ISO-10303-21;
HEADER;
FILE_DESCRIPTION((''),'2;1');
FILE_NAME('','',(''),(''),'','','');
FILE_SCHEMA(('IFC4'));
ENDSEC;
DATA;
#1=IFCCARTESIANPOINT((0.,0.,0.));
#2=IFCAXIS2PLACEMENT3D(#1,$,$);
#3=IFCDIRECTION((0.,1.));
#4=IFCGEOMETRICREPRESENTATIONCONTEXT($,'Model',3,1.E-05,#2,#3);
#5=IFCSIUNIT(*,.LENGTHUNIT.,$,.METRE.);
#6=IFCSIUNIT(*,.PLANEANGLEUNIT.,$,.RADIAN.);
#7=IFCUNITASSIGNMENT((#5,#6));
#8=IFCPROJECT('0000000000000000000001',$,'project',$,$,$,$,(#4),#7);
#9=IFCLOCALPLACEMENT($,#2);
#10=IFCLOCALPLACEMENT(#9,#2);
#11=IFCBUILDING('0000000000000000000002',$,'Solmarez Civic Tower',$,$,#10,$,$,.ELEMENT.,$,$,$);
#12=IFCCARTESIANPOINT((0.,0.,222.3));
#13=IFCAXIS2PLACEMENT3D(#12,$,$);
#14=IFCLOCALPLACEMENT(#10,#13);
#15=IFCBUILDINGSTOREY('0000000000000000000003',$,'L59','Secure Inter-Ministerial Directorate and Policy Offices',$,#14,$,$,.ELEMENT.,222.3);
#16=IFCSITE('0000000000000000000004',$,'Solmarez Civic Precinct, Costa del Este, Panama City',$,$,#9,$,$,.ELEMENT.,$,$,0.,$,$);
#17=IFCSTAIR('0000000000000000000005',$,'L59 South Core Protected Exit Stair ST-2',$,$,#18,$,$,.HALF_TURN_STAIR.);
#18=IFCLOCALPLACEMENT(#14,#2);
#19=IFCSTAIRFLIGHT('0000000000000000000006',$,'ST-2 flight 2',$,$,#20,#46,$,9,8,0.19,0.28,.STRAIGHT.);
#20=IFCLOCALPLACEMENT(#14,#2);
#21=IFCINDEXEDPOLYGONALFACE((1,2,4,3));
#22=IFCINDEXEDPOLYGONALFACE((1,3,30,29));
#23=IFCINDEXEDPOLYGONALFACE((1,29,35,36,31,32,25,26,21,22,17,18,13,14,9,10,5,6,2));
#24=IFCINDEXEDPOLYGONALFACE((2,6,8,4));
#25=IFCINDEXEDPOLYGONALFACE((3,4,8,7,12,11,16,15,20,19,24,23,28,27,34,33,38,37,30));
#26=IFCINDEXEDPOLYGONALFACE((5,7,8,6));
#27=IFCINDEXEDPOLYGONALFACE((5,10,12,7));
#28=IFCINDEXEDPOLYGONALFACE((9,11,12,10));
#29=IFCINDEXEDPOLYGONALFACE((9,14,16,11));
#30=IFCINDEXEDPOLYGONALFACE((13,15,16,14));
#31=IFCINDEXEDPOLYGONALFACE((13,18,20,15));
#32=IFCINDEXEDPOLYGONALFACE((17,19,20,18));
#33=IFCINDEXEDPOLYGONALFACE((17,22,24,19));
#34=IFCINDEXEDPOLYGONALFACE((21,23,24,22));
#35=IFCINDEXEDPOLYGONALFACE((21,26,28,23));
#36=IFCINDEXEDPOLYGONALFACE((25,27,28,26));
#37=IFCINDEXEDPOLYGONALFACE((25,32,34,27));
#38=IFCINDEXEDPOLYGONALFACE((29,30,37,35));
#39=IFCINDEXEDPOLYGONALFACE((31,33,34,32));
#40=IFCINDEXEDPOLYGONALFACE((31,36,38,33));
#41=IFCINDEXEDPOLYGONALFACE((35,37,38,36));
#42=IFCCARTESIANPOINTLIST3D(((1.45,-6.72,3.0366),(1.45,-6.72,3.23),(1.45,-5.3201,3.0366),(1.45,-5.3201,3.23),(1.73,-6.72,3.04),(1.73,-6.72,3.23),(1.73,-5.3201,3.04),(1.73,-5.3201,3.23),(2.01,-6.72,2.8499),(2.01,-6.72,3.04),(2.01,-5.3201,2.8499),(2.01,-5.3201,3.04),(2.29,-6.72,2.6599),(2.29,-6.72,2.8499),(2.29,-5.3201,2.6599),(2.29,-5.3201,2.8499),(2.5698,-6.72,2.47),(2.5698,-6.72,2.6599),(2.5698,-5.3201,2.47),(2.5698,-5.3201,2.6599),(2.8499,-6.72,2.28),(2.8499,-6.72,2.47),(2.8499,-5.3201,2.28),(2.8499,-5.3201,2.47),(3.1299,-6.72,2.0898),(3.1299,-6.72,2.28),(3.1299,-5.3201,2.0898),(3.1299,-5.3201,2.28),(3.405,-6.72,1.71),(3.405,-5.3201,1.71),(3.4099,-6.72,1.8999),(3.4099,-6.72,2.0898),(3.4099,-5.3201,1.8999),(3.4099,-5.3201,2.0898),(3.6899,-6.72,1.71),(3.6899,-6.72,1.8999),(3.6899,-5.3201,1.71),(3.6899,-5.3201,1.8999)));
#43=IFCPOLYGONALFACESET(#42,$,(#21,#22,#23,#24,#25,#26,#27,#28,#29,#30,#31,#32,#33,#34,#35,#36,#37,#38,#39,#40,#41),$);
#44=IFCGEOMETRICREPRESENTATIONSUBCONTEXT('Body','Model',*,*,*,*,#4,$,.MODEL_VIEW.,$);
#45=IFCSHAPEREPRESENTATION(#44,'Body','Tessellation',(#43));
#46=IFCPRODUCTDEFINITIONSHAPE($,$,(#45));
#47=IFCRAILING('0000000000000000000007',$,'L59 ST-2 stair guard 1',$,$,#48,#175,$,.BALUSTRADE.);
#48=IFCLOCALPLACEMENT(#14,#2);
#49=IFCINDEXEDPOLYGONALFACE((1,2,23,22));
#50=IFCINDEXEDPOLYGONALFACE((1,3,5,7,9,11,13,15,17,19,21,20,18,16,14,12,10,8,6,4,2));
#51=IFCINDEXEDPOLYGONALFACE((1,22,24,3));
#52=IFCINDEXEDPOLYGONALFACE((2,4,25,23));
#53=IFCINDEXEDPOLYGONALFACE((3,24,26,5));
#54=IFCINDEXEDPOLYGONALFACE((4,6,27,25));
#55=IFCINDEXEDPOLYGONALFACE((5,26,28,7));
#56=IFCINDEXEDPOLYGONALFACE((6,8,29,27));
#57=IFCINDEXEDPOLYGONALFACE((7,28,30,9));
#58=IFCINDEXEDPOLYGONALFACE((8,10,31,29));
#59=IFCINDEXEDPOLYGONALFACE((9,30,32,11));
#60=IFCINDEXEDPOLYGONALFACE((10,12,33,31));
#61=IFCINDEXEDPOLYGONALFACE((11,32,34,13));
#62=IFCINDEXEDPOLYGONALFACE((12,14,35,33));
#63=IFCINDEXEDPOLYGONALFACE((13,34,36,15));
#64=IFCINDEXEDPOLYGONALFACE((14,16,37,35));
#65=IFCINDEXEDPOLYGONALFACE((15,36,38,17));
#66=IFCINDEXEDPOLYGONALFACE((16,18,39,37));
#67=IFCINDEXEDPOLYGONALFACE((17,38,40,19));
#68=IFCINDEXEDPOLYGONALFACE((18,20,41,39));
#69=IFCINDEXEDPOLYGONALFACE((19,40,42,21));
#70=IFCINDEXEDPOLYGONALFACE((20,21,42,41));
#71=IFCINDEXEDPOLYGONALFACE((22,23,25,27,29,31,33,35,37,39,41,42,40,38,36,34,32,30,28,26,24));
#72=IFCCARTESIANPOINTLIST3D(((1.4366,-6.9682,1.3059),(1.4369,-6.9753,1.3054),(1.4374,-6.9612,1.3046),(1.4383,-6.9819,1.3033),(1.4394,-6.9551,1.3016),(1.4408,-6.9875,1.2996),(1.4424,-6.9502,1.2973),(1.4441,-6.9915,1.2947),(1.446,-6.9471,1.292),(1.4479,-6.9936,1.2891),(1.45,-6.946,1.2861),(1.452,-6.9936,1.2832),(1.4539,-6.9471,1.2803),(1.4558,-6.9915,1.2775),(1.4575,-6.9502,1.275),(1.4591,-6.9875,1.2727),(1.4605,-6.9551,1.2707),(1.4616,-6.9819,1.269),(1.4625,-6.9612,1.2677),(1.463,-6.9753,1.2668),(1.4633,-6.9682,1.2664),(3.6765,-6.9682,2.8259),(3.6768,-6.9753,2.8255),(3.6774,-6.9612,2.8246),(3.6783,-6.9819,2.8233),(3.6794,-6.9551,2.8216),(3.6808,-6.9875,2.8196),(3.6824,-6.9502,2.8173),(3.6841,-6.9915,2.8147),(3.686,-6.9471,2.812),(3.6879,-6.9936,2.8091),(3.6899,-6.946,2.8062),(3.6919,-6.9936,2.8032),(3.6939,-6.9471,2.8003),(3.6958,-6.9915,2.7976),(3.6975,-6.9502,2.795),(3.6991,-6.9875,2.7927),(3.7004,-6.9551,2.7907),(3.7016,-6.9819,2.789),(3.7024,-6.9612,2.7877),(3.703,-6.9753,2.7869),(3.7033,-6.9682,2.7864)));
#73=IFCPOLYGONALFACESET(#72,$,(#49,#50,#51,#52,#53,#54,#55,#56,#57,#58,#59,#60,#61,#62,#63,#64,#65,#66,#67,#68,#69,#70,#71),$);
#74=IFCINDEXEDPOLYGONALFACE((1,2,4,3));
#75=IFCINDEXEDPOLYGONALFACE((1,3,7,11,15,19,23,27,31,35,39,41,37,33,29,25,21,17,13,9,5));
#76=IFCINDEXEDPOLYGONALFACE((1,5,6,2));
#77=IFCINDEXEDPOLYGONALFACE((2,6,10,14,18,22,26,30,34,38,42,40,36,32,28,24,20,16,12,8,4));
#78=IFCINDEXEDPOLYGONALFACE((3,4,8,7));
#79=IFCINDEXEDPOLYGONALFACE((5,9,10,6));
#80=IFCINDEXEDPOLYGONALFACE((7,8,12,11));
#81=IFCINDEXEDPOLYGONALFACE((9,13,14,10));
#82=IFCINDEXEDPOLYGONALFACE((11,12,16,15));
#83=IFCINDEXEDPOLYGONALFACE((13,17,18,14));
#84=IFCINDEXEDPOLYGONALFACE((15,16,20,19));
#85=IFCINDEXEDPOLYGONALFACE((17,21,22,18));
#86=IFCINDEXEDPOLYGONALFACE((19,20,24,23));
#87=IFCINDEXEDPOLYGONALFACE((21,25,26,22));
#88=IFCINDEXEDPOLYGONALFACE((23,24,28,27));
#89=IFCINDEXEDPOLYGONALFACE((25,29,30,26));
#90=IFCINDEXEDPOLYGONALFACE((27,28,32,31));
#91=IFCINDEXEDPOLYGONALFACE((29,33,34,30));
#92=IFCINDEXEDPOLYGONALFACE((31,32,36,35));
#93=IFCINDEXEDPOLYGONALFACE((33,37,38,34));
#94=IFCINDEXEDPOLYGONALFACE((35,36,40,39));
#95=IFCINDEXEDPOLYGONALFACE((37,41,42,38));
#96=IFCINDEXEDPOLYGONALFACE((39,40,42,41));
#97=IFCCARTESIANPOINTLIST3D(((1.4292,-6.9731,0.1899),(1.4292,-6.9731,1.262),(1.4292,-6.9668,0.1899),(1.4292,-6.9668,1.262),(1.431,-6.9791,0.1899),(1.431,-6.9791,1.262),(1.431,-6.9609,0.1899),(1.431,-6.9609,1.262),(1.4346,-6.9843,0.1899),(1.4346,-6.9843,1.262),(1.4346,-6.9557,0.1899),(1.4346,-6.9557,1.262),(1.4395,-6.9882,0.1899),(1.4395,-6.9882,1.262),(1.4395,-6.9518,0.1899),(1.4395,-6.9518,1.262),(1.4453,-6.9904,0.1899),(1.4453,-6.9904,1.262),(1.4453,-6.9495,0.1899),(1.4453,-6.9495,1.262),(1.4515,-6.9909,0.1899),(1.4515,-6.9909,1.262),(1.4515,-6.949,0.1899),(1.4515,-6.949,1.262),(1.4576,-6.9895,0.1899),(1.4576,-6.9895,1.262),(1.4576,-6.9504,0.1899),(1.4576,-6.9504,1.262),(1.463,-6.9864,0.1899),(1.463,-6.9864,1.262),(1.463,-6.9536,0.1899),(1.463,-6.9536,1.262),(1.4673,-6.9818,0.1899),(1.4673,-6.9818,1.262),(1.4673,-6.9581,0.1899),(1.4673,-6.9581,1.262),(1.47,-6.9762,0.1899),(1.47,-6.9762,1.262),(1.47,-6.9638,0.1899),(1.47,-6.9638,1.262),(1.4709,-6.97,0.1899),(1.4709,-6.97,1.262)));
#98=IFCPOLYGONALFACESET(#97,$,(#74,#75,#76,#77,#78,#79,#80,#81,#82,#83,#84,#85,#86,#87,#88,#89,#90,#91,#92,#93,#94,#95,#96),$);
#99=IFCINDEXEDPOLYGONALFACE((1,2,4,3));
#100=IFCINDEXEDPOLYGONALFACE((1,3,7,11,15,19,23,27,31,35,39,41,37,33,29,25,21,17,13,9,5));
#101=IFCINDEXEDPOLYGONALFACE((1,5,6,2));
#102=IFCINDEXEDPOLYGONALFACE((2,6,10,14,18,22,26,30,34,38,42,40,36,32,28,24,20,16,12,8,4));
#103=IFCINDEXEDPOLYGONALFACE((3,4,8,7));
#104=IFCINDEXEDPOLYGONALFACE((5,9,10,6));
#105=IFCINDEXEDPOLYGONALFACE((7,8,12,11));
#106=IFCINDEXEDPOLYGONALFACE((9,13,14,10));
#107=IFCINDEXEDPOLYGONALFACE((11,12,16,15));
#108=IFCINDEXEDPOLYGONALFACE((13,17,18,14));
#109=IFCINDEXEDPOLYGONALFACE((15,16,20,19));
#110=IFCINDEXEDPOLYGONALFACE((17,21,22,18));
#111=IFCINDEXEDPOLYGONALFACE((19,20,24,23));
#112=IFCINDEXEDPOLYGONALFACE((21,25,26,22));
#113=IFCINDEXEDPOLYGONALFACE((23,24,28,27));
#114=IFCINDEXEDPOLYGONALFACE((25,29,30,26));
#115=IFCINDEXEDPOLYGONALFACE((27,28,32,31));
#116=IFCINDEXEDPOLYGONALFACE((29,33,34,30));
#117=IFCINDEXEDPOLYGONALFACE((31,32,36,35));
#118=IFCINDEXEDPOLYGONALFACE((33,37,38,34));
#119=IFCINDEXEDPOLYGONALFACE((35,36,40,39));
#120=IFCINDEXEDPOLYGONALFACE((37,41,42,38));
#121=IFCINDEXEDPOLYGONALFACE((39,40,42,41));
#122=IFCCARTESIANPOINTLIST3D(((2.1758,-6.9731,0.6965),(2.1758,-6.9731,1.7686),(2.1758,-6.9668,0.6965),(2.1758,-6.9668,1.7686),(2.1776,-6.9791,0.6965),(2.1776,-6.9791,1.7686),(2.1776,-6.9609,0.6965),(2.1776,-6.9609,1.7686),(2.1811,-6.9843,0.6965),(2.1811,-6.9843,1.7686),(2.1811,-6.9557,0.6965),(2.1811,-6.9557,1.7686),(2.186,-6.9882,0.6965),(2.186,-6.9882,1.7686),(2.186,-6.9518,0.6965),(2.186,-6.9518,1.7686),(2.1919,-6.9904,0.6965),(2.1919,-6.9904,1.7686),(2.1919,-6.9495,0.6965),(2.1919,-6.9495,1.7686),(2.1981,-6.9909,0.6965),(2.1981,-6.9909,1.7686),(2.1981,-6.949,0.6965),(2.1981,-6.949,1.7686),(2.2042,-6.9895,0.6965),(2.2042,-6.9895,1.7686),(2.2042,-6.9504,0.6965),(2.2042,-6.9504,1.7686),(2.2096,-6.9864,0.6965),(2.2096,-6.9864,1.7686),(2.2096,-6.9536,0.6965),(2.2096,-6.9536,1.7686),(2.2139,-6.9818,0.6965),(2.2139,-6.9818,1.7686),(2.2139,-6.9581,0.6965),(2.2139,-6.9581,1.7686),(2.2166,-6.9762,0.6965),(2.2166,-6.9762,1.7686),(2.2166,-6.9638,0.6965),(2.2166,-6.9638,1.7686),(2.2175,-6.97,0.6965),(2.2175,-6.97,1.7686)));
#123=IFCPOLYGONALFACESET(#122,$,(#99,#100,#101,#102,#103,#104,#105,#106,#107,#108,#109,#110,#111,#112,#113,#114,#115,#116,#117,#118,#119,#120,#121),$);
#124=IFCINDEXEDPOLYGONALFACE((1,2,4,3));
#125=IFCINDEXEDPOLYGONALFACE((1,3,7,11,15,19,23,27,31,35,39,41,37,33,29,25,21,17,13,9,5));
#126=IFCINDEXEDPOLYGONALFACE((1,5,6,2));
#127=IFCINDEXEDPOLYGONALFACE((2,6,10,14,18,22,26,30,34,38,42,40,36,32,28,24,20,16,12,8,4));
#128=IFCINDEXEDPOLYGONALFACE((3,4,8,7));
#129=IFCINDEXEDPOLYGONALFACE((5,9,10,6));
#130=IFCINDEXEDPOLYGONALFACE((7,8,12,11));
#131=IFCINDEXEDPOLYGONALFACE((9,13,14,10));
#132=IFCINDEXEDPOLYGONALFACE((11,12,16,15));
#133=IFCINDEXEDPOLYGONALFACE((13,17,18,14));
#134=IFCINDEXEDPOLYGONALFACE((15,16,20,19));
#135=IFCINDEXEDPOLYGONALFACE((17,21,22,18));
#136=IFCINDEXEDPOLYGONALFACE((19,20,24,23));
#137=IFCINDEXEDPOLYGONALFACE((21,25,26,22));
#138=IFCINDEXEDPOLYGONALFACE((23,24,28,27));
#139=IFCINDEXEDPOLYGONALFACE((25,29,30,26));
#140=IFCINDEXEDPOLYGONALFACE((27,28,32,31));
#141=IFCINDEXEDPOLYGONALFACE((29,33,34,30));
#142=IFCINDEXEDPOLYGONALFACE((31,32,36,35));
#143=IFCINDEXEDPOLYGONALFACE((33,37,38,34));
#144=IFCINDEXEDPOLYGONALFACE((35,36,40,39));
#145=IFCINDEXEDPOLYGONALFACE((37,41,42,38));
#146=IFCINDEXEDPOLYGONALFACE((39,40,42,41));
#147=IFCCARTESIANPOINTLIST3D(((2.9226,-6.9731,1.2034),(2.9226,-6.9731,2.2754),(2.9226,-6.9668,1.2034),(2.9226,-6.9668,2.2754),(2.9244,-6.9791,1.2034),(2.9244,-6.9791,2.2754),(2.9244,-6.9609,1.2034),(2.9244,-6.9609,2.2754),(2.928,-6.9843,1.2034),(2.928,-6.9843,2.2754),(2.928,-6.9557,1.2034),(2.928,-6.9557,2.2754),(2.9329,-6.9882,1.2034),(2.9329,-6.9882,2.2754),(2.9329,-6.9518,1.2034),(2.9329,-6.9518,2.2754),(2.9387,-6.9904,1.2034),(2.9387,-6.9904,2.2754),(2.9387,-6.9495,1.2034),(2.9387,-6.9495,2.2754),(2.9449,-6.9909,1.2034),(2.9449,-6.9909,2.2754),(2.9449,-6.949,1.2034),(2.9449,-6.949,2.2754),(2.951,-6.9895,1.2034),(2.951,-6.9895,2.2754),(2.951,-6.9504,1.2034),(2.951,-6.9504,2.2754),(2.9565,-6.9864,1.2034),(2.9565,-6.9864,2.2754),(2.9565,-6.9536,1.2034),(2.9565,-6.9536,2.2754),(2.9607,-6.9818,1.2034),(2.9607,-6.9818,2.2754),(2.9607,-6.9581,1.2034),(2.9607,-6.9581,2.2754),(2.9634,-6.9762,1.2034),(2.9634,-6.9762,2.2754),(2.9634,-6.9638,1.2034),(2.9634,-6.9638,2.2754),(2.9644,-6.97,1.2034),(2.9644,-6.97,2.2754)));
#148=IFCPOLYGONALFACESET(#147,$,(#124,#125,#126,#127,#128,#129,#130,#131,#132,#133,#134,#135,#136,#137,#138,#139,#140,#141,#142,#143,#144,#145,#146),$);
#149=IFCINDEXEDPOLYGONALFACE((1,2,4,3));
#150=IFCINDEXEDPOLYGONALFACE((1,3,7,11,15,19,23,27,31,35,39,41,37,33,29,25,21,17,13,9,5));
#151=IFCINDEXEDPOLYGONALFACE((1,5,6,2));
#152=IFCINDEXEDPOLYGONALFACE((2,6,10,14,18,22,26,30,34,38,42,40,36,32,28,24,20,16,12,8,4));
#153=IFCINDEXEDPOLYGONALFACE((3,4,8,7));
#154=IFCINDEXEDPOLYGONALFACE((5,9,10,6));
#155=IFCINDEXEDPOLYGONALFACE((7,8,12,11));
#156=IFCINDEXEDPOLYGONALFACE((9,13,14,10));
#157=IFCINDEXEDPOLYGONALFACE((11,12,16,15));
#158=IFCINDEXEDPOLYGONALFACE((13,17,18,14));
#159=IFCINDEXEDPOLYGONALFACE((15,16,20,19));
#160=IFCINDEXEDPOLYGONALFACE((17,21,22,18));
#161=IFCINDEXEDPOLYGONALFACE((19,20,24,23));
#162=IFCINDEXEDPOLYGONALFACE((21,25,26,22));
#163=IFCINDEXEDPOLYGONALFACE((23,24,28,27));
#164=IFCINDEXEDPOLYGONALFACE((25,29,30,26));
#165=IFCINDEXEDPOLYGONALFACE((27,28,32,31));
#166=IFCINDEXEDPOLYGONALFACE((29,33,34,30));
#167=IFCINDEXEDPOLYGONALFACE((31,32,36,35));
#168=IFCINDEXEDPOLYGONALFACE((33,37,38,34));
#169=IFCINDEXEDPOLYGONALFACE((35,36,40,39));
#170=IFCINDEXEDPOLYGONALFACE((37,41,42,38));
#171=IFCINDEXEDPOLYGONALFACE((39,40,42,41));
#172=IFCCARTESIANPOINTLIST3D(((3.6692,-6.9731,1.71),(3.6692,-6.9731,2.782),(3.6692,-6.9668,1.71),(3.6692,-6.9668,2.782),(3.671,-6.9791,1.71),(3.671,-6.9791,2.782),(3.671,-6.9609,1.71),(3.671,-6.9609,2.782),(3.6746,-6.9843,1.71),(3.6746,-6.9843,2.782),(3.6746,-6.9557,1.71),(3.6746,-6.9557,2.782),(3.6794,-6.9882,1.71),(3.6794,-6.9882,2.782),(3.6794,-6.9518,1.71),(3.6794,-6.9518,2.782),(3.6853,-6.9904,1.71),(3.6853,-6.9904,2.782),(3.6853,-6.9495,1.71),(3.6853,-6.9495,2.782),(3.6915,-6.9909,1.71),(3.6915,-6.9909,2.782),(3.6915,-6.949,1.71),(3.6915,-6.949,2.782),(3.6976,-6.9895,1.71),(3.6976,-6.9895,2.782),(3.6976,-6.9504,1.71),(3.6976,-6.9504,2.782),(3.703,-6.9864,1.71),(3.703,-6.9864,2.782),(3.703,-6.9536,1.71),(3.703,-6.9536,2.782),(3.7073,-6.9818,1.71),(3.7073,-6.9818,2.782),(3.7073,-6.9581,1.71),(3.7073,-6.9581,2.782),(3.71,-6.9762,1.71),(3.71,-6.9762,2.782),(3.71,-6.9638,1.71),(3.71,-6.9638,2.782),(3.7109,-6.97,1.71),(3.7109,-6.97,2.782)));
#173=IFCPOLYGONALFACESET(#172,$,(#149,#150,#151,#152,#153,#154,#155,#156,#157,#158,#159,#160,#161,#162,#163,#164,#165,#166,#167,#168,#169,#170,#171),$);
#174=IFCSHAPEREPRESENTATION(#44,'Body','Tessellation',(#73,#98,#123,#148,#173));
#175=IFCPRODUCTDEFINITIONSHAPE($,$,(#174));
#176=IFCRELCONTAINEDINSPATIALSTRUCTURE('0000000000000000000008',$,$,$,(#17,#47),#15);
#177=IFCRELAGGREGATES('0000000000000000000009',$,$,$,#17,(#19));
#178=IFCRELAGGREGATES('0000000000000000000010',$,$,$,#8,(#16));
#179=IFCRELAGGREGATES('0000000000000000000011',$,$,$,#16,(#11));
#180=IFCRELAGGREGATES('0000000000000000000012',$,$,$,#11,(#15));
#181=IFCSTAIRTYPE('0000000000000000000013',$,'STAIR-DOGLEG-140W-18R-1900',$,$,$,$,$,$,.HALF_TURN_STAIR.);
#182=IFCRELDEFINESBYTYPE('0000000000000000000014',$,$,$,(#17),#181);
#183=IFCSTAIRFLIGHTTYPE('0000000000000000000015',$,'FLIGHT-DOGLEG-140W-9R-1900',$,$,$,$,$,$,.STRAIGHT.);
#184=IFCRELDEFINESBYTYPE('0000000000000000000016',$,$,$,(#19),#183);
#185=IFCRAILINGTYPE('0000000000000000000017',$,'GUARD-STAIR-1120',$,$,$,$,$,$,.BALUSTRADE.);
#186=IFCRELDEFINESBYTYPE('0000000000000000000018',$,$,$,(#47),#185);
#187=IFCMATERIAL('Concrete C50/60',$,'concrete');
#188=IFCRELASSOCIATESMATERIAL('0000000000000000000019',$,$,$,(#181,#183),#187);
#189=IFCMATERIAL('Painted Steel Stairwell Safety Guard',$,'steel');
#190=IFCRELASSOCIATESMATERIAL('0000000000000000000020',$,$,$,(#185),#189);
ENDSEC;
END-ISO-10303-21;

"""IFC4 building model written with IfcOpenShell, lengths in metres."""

from ifc_helpers import new_model, si_unit, direction, frame, origin, origin_2d, place, context, subcontext, project, spatial, polyline, circle, outline, extrude, material, type_object, element, aggregate, save


model = new_model("IFC4")

# Units and contexts
model_context = context("Model", 3, precision=1e-05, world=origin(), true_north=direction((0.0, 1.0)))
body_context = subcontext(model_context, "Body", "Model", "MODEL_VIEW")
ifc_project = project(units=[si_unit("LENGTHUNIT", "METRE"), si_unit("PLANEANGLEUNIT", "RADIAN")], contexts=[model_context])

# Site, building, storey
site_placement = place(None, origin())
site = spatial("IfcSite", under=ifc_project, at=site_placement, Name="Solmarez Civic Precinct, Costa del Este, Panama City", CompositionType="ELEMENT", RefElevation=0.0)
building_placement = place(site_placement, origin())
building = spatial("IfcBuilding", under=site, at=building_placement, Name="Solmarez Civic Tower", CompositionType="ELEMENT")
storey_placement = place(building_placement, frame((0.0, 0.0, 222.3)))
storey = spatial("IfcBuildingStorey", under=building, at=storey_placement, Name="L59", Description="Secure Inter-Ministerial Directorate and Policy Offices", CompositionType="ELEMENT", Elevation=222.3)

# Shared definitions
ifc_material_1 = material(Name="Concrete C50/60", Category="concrete")

# Stair, stair flight
stair_type = type_object("IfcStairType", Name="STAIR-DOGLEG-140W-18R-1900", PredefinedType="HALF_TURN_STAIR", material=ifc_material_1)
stair_placement = place(storey_placement, origin())
stair = element("IfcStair", 1, at=stair_placement, inside=storey, type_object=stair_type, Name="L59 South Core Protected Exit Stair ST-2", PredefinedType="HALF_TURN_STAIR")
stair_flight_type = type_object("IfcStairFlightType", Name="FLIGHT-DOGLEG-140W-9R-1900", PredefinedType="STRAIGHT", material=ifc_material_1)
stair_flight_1_placement = place(storey_placement, frame((3.6899, -6.02, 1.71), z_axis=(0.0, 0.0, 1.0), x_axis=(-1.0, 0.0, 0.0)))
stair_flight_1 = element("IfcStairFlight", 2, at=stair_flight_1_placement, type_object=stair_flight_type, Name="ST-2 flight 2", NumberOfRisers=9, NumberOfTreads=8, PredefinedType="STRAIGHT", RiserHeight=0.19, TreadLength=0.28, context=body_context, shape_type="SweptSolid", body=[
    extrude(outline(polyline([(0.0, 0.0), (0.0, 0.1899), (0.28, 0.1899), (0.28, 0.3799), (0.5601, 0.3799), (0.5601, 0.5701), (0.8401, 0.5701), (0.8401, 0.76), (1.1201, 0.76), (1.1201, 0.95), (1.3999, 0.95), (1.3999, 1.1399), (1.6799, 1.1399), (1.6799, 1.3301), (1.96, 1.3301), (1.96, 1.52), (2.24, 1.52), (2.24, 1.71), (2.24, 1.3267), (0.2849, 0.0), (0.0, 0.0)])), frame((0.0, 0.7, 0.0), z_axis=(0.0, -1.0, 0.0), x_axis=(1.0, 0.0, 0.0)), (0.0, 0.0, 1.0), 1.3999),
])
aggregate(stair, [stair_flight_1])

# Railing
ifc_material_2 = material(Name="Painted Steel Stairwell Safety Guard", Category="steel")
railing_type_1 = type_object("IfcRailingType", Name="GUARD-STAIR-1120", PredefinedType="BALUSTRADE", material=ifc_material_2)
railing_1_placement = place(storey_placement, frame((1.45, -6.97, 0.1899)))
element("IfcRailing", 3, at=railing_1_placement, inside=storey, type_object=railing_type_1, Name="L59 ST-2 stair guard 1", PredefinedType="BALUSTRADE", context=body_context, shape_type="SweptSolid", body=[
    extrude(circle(Radius=0.0239, at=origin_2d()), frame((0.0, 0.0, 1.0962), z_axis=(0.827471, 0.0, 0.561508), x_axis=(0.0, 1.0, 0.0)), (0.0, 0.0, 1.0), 2.707),
    extrude(circle(Radius=0.021, at=origin_2d()), origin(), (0.0, 0.0, 1.0), 1.072),
    extrude(circle(Radius=0.021, at=origin_2d()), frame((0.7466, 0.0, 0.5066)), (0.0, 0.0, 1.0), 1.072),
    extrude(circle(Radius=0.021, at=origin_2d()), frame((1.4934, 0.0, 1.0134)), (0.0, 0.0, 1.0), 1.072),
    extrude(circle(Radius=0.021, at=origin_2d()), frame((2.24, 0.0, 1.52)), (0.0, 0.0, 1.0), 1.072),
])

save(model, "model.ifc")
